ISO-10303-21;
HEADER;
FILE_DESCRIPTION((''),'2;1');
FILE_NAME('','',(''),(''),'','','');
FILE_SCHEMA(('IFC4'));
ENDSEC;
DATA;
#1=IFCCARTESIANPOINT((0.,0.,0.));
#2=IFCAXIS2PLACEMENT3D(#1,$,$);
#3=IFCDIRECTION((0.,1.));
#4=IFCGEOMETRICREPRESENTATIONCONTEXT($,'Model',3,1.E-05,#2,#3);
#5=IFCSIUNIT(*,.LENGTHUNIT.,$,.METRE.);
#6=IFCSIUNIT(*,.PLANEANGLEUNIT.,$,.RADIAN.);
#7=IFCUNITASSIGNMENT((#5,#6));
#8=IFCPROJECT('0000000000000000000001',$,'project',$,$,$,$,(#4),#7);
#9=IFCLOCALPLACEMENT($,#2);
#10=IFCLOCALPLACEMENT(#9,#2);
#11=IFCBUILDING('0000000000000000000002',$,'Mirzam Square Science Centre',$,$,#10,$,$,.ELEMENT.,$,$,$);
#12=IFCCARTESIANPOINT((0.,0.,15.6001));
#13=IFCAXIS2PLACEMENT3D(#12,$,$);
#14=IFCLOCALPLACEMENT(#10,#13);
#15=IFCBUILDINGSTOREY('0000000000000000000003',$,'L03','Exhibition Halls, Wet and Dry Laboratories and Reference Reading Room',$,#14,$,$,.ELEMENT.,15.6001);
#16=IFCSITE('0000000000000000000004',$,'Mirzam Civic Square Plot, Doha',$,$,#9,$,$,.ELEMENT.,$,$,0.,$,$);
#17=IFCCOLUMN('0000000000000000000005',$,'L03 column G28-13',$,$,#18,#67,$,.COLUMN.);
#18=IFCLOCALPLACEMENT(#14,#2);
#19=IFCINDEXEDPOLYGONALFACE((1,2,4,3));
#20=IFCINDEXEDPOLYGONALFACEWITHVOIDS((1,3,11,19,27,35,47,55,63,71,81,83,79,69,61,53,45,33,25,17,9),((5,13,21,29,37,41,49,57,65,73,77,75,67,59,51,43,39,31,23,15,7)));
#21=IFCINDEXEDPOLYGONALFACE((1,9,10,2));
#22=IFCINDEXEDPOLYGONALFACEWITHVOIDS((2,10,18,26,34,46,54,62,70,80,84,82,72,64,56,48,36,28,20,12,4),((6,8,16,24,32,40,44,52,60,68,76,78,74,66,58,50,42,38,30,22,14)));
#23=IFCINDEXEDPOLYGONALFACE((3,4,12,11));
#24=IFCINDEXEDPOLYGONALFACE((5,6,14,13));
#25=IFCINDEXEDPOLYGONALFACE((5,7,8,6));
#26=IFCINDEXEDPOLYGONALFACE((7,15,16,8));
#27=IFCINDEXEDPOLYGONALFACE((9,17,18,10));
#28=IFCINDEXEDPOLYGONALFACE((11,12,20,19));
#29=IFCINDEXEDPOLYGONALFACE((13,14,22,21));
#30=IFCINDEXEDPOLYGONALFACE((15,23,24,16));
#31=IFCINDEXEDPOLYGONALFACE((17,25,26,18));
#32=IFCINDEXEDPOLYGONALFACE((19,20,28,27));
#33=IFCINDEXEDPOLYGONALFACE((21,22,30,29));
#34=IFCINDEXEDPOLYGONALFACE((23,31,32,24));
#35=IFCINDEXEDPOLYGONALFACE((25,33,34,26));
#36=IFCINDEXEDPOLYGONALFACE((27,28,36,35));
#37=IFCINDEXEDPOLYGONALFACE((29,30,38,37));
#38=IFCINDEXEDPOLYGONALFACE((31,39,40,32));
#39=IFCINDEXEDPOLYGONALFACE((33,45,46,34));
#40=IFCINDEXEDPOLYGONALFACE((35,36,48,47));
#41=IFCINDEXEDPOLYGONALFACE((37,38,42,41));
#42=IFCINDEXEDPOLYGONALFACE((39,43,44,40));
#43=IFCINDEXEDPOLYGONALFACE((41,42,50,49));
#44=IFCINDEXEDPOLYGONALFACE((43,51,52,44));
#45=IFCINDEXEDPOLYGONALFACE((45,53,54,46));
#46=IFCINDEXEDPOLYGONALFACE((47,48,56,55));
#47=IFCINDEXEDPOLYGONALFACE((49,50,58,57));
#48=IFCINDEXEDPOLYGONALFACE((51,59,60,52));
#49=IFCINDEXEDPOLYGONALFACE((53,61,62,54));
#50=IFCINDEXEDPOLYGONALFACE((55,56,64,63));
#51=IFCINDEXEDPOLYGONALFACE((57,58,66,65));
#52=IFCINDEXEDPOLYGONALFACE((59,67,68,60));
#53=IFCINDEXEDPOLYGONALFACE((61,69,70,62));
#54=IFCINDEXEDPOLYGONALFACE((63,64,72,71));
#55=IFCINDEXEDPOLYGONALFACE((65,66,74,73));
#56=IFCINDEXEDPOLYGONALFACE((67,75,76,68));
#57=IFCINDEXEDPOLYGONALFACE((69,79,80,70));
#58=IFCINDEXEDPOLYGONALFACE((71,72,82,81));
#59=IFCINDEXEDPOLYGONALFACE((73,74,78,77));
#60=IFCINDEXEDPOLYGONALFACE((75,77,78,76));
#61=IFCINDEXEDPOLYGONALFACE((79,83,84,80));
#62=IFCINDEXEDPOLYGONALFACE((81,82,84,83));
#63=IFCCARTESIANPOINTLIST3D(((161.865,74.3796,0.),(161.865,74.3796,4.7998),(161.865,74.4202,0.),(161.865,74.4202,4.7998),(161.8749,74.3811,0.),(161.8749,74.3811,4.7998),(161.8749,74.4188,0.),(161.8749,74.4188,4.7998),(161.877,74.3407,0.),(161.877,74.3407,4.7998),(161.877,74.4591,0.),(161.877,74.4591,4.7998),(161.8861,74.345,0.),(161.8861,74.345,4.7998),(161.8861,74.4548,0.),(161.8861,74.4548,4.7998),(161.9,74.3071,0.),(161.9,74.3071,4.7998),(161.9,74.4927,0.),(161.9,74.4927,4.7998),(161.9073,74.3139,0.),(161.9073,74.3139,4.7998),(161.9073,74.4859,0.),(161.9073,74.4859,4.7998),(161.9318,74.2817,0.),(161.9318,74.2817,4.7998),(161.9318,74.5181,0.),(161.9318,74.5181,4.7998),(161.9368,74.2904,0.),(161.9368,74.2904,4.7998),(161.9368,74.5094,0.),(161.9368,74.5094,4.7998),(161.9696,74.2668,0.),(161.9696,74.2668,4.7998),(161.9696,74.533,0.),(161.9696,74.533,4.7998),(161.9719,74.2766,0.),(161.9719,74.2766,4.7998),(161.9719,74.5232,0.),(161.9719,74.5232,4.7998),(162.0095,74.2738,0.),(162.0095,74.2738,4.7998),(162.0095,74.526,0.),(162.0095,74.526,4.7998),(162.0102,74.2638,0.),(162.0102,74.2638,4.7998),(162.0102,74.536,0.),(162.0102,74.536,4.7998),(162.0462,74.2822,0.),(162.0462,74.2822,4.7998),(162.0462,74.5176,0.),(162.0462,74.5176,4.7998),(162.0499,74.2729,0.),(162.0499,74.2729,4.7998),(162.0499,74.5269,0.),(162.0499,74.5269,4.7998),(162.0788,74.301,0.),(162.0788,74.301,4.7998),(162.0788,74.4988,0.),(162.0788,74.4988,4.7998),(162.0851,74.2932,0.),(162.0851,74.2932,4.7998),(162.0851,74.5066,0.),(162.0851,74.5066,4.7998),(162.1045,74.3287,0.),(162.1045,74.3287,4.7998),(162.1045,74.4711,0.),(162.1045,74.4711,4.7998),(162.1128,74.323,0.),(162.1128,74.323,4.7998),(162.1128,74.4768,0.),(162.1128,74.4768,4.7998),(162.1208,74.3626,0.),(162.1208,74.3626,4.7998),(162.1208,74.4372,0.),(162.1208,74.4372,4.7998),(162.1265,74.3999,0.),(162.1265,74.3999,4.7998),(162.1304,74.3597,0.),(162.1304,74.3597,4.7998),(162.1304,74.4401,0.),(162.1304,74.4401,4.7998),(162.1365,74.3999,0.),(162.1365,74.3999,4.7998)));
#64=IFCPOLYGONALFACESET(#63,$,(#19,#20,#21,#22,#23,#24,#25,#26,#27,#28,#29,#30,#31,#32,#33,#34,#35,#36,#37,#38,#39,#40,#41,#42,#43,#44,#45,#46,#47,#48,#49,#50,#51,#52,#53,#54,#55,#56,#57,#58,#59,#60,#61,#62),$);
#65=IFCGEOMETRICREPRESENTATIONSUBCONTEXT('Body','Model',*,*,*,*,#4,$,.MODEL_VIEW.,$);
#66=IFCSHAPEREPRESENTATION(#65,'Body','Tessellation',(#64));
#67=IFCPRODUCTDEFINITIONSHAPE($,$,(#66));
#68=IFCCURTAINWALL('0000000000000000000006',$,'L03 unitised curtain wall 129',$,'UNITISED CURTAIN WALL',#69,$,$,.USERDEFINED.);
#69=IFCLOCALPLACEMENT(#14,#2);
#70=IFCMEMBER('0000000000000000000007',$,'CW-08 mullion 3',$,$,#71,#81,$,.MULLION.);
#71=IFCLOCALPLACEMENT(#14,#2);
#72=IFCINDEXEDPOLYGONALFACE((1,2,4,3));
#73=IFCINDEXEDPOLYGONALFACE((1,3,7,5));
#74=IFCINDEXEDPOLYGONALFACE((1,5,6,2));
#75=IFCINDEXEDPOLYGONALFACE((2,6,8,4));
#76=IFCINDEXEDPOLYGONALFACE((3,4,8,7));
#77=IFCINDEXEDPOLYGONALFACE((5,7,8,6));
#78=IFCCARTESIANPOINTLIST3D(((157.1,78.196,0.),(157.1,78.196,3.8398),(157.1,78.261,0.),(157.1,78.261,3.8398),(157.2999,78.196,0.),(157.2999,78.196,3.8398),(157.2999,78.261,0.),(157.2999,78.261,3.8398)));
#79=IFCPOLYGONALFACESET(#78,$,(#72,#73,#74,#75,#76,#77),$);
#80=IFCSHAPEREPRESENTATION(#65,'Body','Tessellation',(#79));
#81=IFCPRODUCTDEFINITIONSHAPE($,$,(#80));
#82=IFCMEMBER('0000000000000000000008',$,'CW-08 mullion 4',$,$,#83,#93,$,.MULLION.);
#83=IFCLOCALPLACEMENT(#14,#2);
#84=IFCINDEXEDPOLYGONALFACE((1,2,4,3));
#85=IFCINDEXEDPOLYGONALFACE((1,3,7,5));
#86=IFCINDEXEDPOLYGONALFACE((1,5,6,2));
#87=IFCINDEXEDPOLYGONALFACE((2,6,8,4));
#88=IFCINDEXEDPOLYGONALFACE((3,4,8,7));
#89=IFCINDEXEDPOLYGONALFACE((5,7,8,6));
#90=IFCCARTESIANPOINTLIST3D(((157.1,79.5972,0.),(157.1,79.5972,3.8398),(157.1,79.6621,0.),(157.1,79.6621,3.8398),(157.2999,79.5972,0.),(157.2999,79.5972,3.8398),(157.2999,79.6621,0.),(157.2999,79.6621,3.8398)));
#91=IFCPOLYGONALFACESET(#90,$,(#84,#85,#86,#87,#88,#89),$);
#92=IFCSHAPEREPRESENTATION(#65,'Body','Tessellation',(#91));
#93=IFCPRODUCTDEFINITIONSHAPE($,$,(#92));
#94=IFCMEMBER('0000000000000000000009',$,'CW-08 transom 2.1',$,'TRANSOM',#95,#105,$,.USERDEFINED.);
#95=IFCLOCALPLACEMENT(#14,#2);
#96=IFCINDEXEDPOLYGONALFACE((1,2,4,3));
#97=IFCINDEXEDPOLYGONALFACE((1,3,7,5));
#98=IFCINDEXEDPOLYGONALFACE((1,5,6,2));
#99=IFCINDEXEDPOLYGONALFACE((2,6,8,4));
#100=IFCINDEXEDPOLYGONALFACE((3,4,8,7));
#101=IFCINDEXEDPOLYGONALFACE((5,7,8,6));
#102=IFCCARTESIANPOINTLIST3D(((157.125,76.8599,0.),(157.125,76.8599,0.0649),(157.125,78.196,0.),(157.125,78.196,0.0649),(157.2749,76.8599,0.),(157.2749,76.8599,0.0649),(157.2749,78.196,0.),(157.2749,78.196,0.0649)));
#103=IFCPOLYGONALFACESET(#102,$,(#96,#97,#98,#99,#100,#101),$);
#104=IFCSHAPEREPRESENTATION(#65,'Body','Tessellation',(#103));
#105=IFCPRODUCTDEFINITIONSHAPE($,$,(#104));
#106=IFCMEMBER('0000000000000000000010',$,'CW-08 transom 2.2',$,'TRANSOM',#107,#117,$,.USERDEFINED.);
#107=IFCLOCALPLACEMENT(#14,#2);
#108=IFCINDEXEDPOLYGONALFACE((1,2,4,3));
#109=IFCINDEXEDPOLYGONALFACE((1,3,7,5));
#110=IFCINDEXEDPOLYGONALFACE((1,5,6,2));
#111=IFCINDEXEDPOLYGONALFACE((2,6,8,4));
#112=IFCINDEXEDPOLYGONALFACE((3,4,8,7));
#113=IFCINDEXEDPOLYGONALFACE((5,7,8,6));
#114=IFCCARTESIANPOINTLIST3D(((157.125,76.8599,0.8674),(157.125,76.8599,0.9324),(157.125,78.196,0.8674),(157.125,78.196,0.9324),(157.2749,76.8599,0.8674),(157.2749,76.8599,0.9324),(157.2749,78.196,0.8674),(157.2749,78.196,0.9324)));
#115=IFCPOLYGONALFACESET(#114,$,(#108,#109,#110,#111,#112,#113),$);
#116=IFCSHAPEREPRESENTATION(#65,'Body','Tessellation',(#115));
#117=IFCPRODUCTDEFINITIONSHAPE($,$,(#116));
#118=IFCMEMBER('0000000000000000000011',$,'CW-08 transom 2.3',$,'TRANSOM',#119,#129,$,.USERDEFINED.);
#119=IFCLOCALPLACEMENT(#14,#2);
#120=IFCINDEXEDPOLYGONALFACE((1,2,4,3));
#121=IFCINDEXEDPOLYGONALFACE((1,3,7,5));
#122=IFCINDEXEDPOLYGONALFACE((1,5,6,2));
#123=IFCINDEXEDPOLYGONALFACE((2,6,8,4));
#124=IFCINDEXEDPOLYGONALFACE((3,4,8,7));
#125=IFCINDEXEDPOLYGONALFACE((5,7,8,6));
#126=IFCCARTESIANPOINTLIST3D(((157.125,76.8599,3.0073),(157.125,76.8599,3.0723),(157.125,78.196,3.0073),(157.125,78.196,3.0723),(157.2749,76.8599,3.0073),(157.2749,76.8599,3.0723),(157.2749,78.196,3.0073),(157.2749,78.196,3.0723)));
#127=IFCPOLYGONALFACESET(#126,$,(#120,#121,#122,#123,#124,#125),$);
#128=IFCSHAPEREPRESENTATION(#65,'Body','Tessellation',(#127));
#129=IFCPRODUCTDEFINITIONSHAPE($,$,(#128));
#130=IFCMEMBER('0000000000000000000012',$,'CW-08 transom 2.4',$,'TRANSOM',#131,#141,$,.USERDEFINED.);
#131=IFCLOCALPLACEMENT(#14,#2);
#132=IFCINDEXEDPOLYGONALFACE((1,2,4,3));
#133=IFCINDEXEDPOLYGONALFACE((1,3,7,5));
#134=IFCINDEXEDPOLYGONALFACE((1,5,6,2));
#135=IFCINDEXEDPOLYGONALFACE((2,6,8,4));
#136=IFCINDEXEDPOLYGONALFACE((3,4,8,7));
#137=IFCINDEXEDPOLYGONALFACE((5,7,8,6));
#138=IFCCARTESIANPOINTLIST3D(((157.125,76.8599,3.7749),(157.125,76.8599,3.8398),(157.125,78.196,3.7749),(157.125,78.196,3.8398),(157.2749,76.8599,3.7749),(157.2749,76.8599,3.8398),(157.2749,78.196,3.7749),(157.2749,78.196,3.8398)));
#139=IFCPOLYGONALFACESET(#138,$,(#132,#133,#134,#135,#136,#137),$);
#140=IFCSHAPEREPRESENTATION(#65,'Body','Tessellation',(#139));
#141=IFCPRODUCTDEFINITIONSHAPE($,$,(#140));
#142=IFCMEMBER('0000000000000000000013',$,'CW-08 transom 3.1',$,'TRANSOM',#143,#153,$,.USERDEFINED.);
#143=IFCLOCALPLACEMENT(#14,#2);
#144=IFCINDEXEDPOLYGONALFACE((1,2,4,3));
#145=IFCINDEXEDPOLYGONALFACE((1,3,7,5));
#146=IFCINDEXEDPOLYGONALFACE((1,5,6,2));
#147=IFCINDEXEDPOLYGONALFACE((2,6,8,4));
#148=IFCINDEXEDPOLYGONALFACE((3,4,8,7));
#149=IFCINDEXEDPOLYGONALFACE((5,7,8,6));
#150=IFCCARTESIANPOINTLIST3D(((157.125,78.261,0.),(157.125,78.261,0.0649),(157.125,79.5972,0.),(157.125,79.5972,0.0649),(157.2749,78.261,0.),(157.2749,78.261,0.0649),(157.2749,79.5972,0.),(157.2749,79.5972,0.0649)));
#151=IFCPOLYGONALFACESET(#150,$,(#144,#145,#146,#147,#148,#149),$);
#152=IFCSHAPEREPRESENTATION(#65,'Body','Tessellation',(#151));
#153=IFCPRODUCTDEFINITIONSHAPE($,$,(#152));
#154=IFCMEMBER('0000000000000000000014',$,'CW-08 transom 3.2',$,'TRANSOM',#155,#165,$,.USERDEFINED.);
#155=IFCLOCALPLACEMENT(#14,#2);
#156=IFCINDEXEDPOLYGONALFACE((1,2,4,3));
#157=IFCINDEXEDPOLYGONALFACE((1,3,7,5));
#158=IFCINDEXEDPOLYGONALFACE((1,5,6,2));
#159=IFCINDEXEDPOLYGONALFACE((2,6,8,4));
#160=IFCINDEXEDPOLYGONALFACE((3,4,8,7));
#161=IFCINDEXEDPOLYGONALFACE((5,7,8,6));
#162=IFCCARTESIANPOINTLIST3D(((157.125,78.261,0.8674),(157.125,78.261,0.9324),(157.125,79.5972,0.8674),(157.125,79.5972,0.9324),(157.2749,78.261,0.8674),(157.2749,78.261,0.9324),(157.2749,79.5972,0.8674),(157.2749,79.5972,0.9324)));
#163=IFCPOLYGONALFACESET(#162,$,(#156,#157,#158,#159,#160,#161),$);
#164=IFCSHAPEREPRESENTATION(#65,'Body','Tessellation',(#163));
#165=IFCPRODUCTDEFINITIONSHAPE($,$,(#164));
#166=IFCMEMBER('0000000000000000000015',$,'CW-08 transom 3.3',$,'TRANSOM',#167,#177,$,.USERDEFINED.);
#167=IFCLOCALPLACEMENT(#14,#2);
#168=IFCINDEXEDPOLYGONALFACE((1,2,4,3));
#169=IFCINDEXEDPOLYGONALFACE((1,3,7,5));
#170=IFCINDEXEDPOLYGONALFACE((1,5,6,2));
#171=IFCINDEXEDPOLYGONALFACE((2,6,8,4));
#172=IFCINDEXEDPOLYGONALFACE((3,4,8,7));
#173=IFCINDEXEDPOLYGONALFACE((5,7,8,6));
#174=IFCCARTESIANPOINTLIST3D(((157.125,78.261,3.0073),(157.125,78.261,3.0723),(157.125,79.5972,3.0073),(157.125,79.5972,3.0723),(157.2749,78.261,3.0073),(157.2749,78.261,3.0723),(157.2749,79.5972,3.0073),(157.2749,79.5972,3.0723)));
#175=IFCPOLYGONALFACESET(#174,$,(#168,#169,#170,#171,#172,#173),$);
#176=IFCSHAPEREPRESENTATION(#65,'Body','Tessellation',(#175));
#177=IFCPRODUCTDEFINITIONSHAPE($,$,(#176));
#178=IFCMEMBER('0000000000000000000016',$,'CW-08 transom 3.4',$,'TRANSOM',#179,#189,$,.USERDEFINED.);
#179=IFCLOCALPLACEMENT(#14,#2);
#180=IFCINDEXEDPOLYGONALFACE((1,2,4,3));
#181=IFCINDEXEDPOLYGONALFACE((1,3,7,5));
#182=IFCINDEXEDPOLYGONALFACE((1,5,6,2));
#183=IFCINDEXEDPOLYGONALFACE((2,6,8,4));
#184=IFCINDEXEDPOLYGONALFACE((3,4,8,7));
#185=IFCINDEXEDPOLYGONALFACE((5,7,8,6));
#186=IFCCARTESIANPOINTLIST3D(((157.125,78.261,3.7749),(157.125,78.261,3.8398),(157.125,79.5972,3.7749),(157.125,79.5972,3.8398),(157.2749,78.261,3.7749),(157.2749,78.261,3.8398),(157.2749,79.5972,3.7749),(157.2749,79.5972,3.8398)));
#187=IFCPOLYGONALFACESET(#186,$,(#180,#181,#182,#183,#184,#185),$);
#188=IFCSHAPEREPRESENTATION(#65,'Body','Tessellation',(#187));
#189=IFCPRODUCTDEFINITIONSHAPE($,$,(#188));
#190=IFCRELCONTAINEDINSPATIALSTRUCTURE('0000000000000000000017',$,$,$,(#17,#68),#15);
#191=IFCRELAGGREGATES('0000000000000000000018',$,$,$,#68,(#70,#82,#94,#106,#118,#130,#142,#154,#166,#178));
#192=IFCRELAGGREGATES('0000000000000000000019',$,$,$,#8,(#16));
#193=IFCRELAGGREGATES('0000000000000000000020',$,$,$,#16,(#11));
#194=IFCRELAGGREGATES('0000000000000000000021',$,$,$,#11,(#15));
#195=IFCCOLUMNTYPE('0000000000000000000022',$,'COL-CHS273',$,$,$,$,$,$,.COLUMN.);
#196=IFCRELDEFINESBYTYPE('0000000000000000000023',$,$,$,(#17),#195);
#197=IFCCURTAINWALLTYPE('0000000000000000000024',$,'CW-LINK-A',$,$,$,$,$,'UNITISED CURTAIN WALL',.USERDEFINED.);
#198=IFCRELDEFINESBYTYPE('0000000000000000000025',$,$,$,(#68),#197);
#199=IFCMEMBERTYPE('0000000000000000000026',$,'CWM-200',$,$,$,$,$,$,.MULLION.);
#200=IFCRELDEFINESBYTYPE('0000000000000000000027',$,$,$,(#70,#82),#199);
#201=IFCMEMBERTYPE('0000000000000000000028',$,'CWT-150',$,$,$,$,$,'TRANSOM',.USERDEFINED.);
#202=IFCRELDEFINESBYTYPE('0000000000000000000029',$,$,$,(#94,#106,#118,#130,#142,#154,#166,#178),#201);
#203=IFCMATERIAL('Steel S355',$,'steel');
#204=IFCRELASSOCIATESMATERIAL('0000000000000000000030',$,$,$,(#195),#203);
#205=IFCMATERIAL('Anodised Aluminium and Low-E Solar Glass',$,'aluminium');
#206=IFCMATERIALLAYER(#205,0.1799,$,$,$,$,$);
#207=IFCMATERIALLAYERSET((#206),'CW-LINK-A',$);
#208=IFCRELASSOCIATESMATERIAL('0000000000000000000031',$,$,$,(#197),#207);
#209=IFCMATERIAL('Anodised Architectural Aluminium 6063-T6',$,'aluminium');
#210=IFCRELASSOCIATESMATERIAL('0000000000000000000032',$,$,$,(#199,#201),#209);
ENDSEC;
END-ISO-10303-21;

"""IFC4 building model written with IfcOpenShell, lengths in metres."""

from ifc_helpers import new_model, si_unit, direction, frame, origin, origin_2d, place, context, subcontext, project, spatial, rectangle, hollow_circle, extrude, material, layer, layer_set, material_profile, profile_set, type_object, element, aggregate, save


model = new_model("IFC4")

# Units and contexts
model_context = context("Model", 3, precision=1e-05, world=origin(), true_north=direction((0.0, 1.0)))
body_context = subcontext(model_context, "Body", "Model", "MODEL_VIEW")
ifc_project = project(units=[si_unit("LENGTHUNIT", "METRE"), si_unit("PLANEANGLEUNIT", "RADIAN")], contexts=[model_context])

# Site, building, storey
site_placement = place(None, origin())
site = spatial("IfcSite", under=ifc_project, at=site_placement, Name="Mirzam Civic Square Plot, Doha", CompositionType="ELEMENT", RefElevation=0.0)
building_placement = place(site_placement, origin())
building = spatial("IfcBuilding", under=site, at=building_placement, Name="Mirzam Square Science Centre", CompositionType="ELEMENT")
storey_placement = place(building_placement, frame((0.0, 0.0, 15.6001)))
storey = spatial("IfcBuildingStorey", under=building, at=storey_placement, Name="L03", Description="Exhibition Halls, Wet and Dry Laboratories and Reference Reading Room", CompositionType="ELEMENT", Elevation=15.6001)

# Column
ifc_material_1 = material(Name="Steel S355", Category="steel")
ifc_material_profile_1 = material_profile(ifc_material_1, hollow_circle(Radius=0.1365, WallThickness=0.01, at=origin_2d()), Name="273.0x10.0CHS")
ifc_profile_set_1 = profile_set([ifc_material_profile_1], Name="Steel S355")
column_type = type_object("IfcColumnType", Name="COL-CHS273", PredefinedType="COLUMN", material=ifc_profile_set_1)
column_placement = place(storey_placement, frame((162.0, 74.3999, 0.0), z_axis=(0.0, 0.0, 1.0), x_axis=(1.0, 0.0, 0.0)))
element("IfcColumn", 1, at=column_placement, inside=storey, type_object=column_type, Name="L03 column G28-13", PredefinedType="COLUMN", context=body_context, shape_type="SweptSolid", body=[
    extrude(hollow_circle(Radius=0.1365, WallThickness=0.01, at=origin_2d()), origin(), (0.0, 0.0, 1.0), 4.7998),
])

# Curtain wall, members
ifc_material_2 = material(Name="Anodised Aluminium and Low-E Solar Glass", Category="aluminium")
ifc_layer_1 = layer(ifc_material_2, 0.1799)
ifc_layer_set_1 = layer_set([ifc_layer_1], Name="CW-LINK-A")
curtain_wall_type = type_object("IfcCurtainWallType", Name="CW-LINK-A", ElementType="UNITISED CURTAIN WALL", PredefinedType="USERDEFINED", material=ifc_layer_set_1)
curtain_wall_placement = place(storey_placement, origin())
curtain_wall = element("IfcCurtainWall", 2, at=curtain_wall_placement, inside=storey, type_object=curtain_wall_type, Name="L03 unitised curtain wall 129", ObjectType="UNITISED CURTAIN WALL", PredefinedType="USERDEFINED")
ifc_material_3 = material(Name="Anodised Architectural Aluminium 6063-T6", Category="aluminium")
ifc_material_profile_2 = material_profile(ifc_material_3, rectangle(XDim=0.0649, YDim=0.2, at=origin_2d()), Name="ALU-MULL-200x65x5")
ifc_profile_set_2 = profile_set([ifc_material_profile_2], Name="Anodised Architectural Aluminium 6063-T6")
member_type_1 = type_object("IfcMemberType", Name="CWM-200", PredefinedType="MULLION", material=ifc_profile_set_2)
member_1_placement = place(storey_placement, frame((157.2, 78.2285, 0.0), z_axis=(0.0, 0.0, 1.0), x_axis=(0.0, 1.0, 0.0)))
member_1 = element("IfcMember", 3, at=member_1_placement, type_object=member_type_1, Name="CW-08 mullion 3", PredefinedType="MULLION", context=body_context, shape_type="SweptSolid", body=[
    extrude(rectangle(XDim=0.0649, YDim=0.2, at=origin_2d()), origin(), (0.0, 0.0, 1.0), 3.8398),
])
member_2_placement = place(storey_placement, frame((157.2, 79.6296, 0.0), z_axis=(0.0, 0.0, 1.0), x_axis=(0.0, 1.0, 0.0)))
member_2 = element("IfcMember", 4, at=member_2_placement, type_object=member_type_1, Name="CW-08 mullion 4", PredefinedType="MULLION", context=body_context, shape_type="SweptSolid", body=[
    extrude(rectangle(XDim=0.0649, YDim=0.2, at=origin_2d()), origin(), (0.0, 0.0, 1.0), 3.8398),
])
ifc_material_profile_3 = material_profile(ifc_material_3, rectangle(XDim=0.1499, YDim=0.0649, at=origin_2d()), Name="ALU-TRAN-150x65x4")
ifc_profile_set_3 = profile_set([ifc_material_profile_3], Name="Anodised Architectural Aluminium 6063-T6")
member_type_2 = type_object("IfcMemberType", Name="CWT-150", ElementType="TRANSOM", PredefinedType="USERDEFINED", material=ifc_profile_set_3)
member_3_placement = place(storey_placement, frame((157.2, 76.8599, 0.0325), z_axis=(0.0, 1.0, 0.0), x_axis=(-1.0, 0.0, 0.0)))
member_3 = element("IfcMember", 5, at=member_3_placement, type_object=member_type_2, Name="CW-08 transom 2.1", ObjectType="TRANSOM", PredefinedType="USERDEFINED", context=body_context, shape_type="SweptSolid", body=[
    extrude(rectangle(XDim=0.1499, YDim=0.0649, at=origin_2d()), origin(), (0.0, 0.0, 1.0), 1.3362),
])
member_4_placement = place(storey_placement, frame((157.2, 76.8599, 0.8999), z_axis=(0.0, 1.0, 0.0), x_axis=(-1.0, 0.0, 0.0)))
member_4 = element("IfcMember", 6, at=member_4_placement, type_object=member_type_2, Name="CW-08 transom 2.2", ObjectType="TRANSOM", PredefinedType="USERDEFINED", context=body_context, shape_type="SweptSolid", body=[
    extrude(rectangle(XDim=0.1499, YDim=0.0649, at=origin_2d()), origin(), (0.0, 0.0, 1.0), 1.3362),
])
member_5_placement = place(storey_placement, frame((157.2, 76.8599, 3.0398), z_axis=(0.0, 1.0, 0.0), x_axis=(-1.0, 0.0, 0.0)))
member_5 = element("IfcMember", 7, at=member_5_placement, type_object=member_type_2, Name="CW-08 transom 2.3", ObjectType="TRANSOM", PredefinedType="USERDEFINED", context=body_context, shape_type="SweptSolid", body=[
    extrude(rectangle(XDim=0.1499, YDim=0.0649, at=origin_2d()), origin(), (0.0, 0.0, 1.0), 1.3362),
])
member_6_placement = place(storey_placement, frame((157.2, 76.8599, 3.8074), z_axis=(0.0, 1.0, 0.0), x_axis=(-1.0, 0.0, 0.0)))
member_6 = element("IfcMember", 8, at=member_6_placement, type_object=member_type_2, Name="CW-08 transom 2.4", ObjectType="TRANSOM", PredefinedType="USERDEFINED", context=body_context, shape_type="SweptSolid", body=[
    extrude(rectangle(XDim=0.1499, YDim=0.0649, at=origin_2d()), origin(), (0.0, 0.0, 1.0), 1.3362),
])
member_7_placement = place(storey_placement, frame((157.2, 78.261, 0.0325), z_axis=(0.0, 1.0, 0.0), x_axis=(-1.0, 0.0, 0.0)))
member_7 = element("IfcMember", 9, at=member_7_placement, type_object=member_type_2, Name="CW-08 transom 3.1", ObjectType="TRANSOM", PredefinedType="USERDEFINED", context=body_context, shape_type="SweptSolid", body=[
    extrude(rectangle(XDim=0.1499, YDim=0.0649, at=origin_2d()), origin(), (0.0, 0.0, 1.0), 1.3362),
])
member_8_placement = place(storey_placement, frame((157.2, 78.261, 0.8999), z_axis=(0.0, 1.0, 0.0), x_axis=(-1.0, 0.0, 0.0)))
member_8 = element("IfcMember", 10, at=member_8_placement, type_object=member_type_2, Name="CW-08 transom 3.2", ObjectType="TRANSOM", PredefinedType="USERDEFINED", context=body_context, shape_type="SweptSolid", body=[
    extrude(rectangle(XDim=0.1499, YDim=0.0649, at=origin_2d()), origin(), (0.0, 0.0, 1.0), 1.3362),
])
member_9_placement = place(storey_placement, frame((157.2, 78.261, 3.0398), z_axis=(0.0, 1.0, 0.0), x_axis=(-1.0, 0.0, 0.0)))
member_9 = element("IfcMember", 11, at=member_9_placement, type_object=member_type_2, Name="CW-08 transom 3.3", ObjectType="TRANSOM", PredefinedType="USERDEFINED", context=body_context, shape_type="SweptSolid", body=[
    extrude(rectangle(XDim=0.1499, YDim=0.0649, at=origin_2d()), origin(), (0.0, 0.0, 1.0), 1.3362),
])
member_10_placement = place(storey_placement, frame((157.2, 78.261, 3.8074), z_axis=(0.0, 1.0, 0.0), x_axis=(-1.0, 0.0, 0.0)))
member_10 = element("IfcMember", 12, at=member_10_placement, type_object=member_type_2, Name="CW-08 transom 3.4", ObjectType="TRANSOM", PredefinedType="USERDEFINED", context=body_context, shape_type="SweptSolid", body=[
    extrude(rectangle(XDim=0.1499, YDim=0.0649, at=origin_2d()), origin(), (0.0, 0.0, 1.0), 1.3362),
])

aggregate(curtain_wall, [member_1, member_2, member_3, member_4, member_5, member_6, member_7, member_8, member_9, member_10])

save(model, "model.ifc")
